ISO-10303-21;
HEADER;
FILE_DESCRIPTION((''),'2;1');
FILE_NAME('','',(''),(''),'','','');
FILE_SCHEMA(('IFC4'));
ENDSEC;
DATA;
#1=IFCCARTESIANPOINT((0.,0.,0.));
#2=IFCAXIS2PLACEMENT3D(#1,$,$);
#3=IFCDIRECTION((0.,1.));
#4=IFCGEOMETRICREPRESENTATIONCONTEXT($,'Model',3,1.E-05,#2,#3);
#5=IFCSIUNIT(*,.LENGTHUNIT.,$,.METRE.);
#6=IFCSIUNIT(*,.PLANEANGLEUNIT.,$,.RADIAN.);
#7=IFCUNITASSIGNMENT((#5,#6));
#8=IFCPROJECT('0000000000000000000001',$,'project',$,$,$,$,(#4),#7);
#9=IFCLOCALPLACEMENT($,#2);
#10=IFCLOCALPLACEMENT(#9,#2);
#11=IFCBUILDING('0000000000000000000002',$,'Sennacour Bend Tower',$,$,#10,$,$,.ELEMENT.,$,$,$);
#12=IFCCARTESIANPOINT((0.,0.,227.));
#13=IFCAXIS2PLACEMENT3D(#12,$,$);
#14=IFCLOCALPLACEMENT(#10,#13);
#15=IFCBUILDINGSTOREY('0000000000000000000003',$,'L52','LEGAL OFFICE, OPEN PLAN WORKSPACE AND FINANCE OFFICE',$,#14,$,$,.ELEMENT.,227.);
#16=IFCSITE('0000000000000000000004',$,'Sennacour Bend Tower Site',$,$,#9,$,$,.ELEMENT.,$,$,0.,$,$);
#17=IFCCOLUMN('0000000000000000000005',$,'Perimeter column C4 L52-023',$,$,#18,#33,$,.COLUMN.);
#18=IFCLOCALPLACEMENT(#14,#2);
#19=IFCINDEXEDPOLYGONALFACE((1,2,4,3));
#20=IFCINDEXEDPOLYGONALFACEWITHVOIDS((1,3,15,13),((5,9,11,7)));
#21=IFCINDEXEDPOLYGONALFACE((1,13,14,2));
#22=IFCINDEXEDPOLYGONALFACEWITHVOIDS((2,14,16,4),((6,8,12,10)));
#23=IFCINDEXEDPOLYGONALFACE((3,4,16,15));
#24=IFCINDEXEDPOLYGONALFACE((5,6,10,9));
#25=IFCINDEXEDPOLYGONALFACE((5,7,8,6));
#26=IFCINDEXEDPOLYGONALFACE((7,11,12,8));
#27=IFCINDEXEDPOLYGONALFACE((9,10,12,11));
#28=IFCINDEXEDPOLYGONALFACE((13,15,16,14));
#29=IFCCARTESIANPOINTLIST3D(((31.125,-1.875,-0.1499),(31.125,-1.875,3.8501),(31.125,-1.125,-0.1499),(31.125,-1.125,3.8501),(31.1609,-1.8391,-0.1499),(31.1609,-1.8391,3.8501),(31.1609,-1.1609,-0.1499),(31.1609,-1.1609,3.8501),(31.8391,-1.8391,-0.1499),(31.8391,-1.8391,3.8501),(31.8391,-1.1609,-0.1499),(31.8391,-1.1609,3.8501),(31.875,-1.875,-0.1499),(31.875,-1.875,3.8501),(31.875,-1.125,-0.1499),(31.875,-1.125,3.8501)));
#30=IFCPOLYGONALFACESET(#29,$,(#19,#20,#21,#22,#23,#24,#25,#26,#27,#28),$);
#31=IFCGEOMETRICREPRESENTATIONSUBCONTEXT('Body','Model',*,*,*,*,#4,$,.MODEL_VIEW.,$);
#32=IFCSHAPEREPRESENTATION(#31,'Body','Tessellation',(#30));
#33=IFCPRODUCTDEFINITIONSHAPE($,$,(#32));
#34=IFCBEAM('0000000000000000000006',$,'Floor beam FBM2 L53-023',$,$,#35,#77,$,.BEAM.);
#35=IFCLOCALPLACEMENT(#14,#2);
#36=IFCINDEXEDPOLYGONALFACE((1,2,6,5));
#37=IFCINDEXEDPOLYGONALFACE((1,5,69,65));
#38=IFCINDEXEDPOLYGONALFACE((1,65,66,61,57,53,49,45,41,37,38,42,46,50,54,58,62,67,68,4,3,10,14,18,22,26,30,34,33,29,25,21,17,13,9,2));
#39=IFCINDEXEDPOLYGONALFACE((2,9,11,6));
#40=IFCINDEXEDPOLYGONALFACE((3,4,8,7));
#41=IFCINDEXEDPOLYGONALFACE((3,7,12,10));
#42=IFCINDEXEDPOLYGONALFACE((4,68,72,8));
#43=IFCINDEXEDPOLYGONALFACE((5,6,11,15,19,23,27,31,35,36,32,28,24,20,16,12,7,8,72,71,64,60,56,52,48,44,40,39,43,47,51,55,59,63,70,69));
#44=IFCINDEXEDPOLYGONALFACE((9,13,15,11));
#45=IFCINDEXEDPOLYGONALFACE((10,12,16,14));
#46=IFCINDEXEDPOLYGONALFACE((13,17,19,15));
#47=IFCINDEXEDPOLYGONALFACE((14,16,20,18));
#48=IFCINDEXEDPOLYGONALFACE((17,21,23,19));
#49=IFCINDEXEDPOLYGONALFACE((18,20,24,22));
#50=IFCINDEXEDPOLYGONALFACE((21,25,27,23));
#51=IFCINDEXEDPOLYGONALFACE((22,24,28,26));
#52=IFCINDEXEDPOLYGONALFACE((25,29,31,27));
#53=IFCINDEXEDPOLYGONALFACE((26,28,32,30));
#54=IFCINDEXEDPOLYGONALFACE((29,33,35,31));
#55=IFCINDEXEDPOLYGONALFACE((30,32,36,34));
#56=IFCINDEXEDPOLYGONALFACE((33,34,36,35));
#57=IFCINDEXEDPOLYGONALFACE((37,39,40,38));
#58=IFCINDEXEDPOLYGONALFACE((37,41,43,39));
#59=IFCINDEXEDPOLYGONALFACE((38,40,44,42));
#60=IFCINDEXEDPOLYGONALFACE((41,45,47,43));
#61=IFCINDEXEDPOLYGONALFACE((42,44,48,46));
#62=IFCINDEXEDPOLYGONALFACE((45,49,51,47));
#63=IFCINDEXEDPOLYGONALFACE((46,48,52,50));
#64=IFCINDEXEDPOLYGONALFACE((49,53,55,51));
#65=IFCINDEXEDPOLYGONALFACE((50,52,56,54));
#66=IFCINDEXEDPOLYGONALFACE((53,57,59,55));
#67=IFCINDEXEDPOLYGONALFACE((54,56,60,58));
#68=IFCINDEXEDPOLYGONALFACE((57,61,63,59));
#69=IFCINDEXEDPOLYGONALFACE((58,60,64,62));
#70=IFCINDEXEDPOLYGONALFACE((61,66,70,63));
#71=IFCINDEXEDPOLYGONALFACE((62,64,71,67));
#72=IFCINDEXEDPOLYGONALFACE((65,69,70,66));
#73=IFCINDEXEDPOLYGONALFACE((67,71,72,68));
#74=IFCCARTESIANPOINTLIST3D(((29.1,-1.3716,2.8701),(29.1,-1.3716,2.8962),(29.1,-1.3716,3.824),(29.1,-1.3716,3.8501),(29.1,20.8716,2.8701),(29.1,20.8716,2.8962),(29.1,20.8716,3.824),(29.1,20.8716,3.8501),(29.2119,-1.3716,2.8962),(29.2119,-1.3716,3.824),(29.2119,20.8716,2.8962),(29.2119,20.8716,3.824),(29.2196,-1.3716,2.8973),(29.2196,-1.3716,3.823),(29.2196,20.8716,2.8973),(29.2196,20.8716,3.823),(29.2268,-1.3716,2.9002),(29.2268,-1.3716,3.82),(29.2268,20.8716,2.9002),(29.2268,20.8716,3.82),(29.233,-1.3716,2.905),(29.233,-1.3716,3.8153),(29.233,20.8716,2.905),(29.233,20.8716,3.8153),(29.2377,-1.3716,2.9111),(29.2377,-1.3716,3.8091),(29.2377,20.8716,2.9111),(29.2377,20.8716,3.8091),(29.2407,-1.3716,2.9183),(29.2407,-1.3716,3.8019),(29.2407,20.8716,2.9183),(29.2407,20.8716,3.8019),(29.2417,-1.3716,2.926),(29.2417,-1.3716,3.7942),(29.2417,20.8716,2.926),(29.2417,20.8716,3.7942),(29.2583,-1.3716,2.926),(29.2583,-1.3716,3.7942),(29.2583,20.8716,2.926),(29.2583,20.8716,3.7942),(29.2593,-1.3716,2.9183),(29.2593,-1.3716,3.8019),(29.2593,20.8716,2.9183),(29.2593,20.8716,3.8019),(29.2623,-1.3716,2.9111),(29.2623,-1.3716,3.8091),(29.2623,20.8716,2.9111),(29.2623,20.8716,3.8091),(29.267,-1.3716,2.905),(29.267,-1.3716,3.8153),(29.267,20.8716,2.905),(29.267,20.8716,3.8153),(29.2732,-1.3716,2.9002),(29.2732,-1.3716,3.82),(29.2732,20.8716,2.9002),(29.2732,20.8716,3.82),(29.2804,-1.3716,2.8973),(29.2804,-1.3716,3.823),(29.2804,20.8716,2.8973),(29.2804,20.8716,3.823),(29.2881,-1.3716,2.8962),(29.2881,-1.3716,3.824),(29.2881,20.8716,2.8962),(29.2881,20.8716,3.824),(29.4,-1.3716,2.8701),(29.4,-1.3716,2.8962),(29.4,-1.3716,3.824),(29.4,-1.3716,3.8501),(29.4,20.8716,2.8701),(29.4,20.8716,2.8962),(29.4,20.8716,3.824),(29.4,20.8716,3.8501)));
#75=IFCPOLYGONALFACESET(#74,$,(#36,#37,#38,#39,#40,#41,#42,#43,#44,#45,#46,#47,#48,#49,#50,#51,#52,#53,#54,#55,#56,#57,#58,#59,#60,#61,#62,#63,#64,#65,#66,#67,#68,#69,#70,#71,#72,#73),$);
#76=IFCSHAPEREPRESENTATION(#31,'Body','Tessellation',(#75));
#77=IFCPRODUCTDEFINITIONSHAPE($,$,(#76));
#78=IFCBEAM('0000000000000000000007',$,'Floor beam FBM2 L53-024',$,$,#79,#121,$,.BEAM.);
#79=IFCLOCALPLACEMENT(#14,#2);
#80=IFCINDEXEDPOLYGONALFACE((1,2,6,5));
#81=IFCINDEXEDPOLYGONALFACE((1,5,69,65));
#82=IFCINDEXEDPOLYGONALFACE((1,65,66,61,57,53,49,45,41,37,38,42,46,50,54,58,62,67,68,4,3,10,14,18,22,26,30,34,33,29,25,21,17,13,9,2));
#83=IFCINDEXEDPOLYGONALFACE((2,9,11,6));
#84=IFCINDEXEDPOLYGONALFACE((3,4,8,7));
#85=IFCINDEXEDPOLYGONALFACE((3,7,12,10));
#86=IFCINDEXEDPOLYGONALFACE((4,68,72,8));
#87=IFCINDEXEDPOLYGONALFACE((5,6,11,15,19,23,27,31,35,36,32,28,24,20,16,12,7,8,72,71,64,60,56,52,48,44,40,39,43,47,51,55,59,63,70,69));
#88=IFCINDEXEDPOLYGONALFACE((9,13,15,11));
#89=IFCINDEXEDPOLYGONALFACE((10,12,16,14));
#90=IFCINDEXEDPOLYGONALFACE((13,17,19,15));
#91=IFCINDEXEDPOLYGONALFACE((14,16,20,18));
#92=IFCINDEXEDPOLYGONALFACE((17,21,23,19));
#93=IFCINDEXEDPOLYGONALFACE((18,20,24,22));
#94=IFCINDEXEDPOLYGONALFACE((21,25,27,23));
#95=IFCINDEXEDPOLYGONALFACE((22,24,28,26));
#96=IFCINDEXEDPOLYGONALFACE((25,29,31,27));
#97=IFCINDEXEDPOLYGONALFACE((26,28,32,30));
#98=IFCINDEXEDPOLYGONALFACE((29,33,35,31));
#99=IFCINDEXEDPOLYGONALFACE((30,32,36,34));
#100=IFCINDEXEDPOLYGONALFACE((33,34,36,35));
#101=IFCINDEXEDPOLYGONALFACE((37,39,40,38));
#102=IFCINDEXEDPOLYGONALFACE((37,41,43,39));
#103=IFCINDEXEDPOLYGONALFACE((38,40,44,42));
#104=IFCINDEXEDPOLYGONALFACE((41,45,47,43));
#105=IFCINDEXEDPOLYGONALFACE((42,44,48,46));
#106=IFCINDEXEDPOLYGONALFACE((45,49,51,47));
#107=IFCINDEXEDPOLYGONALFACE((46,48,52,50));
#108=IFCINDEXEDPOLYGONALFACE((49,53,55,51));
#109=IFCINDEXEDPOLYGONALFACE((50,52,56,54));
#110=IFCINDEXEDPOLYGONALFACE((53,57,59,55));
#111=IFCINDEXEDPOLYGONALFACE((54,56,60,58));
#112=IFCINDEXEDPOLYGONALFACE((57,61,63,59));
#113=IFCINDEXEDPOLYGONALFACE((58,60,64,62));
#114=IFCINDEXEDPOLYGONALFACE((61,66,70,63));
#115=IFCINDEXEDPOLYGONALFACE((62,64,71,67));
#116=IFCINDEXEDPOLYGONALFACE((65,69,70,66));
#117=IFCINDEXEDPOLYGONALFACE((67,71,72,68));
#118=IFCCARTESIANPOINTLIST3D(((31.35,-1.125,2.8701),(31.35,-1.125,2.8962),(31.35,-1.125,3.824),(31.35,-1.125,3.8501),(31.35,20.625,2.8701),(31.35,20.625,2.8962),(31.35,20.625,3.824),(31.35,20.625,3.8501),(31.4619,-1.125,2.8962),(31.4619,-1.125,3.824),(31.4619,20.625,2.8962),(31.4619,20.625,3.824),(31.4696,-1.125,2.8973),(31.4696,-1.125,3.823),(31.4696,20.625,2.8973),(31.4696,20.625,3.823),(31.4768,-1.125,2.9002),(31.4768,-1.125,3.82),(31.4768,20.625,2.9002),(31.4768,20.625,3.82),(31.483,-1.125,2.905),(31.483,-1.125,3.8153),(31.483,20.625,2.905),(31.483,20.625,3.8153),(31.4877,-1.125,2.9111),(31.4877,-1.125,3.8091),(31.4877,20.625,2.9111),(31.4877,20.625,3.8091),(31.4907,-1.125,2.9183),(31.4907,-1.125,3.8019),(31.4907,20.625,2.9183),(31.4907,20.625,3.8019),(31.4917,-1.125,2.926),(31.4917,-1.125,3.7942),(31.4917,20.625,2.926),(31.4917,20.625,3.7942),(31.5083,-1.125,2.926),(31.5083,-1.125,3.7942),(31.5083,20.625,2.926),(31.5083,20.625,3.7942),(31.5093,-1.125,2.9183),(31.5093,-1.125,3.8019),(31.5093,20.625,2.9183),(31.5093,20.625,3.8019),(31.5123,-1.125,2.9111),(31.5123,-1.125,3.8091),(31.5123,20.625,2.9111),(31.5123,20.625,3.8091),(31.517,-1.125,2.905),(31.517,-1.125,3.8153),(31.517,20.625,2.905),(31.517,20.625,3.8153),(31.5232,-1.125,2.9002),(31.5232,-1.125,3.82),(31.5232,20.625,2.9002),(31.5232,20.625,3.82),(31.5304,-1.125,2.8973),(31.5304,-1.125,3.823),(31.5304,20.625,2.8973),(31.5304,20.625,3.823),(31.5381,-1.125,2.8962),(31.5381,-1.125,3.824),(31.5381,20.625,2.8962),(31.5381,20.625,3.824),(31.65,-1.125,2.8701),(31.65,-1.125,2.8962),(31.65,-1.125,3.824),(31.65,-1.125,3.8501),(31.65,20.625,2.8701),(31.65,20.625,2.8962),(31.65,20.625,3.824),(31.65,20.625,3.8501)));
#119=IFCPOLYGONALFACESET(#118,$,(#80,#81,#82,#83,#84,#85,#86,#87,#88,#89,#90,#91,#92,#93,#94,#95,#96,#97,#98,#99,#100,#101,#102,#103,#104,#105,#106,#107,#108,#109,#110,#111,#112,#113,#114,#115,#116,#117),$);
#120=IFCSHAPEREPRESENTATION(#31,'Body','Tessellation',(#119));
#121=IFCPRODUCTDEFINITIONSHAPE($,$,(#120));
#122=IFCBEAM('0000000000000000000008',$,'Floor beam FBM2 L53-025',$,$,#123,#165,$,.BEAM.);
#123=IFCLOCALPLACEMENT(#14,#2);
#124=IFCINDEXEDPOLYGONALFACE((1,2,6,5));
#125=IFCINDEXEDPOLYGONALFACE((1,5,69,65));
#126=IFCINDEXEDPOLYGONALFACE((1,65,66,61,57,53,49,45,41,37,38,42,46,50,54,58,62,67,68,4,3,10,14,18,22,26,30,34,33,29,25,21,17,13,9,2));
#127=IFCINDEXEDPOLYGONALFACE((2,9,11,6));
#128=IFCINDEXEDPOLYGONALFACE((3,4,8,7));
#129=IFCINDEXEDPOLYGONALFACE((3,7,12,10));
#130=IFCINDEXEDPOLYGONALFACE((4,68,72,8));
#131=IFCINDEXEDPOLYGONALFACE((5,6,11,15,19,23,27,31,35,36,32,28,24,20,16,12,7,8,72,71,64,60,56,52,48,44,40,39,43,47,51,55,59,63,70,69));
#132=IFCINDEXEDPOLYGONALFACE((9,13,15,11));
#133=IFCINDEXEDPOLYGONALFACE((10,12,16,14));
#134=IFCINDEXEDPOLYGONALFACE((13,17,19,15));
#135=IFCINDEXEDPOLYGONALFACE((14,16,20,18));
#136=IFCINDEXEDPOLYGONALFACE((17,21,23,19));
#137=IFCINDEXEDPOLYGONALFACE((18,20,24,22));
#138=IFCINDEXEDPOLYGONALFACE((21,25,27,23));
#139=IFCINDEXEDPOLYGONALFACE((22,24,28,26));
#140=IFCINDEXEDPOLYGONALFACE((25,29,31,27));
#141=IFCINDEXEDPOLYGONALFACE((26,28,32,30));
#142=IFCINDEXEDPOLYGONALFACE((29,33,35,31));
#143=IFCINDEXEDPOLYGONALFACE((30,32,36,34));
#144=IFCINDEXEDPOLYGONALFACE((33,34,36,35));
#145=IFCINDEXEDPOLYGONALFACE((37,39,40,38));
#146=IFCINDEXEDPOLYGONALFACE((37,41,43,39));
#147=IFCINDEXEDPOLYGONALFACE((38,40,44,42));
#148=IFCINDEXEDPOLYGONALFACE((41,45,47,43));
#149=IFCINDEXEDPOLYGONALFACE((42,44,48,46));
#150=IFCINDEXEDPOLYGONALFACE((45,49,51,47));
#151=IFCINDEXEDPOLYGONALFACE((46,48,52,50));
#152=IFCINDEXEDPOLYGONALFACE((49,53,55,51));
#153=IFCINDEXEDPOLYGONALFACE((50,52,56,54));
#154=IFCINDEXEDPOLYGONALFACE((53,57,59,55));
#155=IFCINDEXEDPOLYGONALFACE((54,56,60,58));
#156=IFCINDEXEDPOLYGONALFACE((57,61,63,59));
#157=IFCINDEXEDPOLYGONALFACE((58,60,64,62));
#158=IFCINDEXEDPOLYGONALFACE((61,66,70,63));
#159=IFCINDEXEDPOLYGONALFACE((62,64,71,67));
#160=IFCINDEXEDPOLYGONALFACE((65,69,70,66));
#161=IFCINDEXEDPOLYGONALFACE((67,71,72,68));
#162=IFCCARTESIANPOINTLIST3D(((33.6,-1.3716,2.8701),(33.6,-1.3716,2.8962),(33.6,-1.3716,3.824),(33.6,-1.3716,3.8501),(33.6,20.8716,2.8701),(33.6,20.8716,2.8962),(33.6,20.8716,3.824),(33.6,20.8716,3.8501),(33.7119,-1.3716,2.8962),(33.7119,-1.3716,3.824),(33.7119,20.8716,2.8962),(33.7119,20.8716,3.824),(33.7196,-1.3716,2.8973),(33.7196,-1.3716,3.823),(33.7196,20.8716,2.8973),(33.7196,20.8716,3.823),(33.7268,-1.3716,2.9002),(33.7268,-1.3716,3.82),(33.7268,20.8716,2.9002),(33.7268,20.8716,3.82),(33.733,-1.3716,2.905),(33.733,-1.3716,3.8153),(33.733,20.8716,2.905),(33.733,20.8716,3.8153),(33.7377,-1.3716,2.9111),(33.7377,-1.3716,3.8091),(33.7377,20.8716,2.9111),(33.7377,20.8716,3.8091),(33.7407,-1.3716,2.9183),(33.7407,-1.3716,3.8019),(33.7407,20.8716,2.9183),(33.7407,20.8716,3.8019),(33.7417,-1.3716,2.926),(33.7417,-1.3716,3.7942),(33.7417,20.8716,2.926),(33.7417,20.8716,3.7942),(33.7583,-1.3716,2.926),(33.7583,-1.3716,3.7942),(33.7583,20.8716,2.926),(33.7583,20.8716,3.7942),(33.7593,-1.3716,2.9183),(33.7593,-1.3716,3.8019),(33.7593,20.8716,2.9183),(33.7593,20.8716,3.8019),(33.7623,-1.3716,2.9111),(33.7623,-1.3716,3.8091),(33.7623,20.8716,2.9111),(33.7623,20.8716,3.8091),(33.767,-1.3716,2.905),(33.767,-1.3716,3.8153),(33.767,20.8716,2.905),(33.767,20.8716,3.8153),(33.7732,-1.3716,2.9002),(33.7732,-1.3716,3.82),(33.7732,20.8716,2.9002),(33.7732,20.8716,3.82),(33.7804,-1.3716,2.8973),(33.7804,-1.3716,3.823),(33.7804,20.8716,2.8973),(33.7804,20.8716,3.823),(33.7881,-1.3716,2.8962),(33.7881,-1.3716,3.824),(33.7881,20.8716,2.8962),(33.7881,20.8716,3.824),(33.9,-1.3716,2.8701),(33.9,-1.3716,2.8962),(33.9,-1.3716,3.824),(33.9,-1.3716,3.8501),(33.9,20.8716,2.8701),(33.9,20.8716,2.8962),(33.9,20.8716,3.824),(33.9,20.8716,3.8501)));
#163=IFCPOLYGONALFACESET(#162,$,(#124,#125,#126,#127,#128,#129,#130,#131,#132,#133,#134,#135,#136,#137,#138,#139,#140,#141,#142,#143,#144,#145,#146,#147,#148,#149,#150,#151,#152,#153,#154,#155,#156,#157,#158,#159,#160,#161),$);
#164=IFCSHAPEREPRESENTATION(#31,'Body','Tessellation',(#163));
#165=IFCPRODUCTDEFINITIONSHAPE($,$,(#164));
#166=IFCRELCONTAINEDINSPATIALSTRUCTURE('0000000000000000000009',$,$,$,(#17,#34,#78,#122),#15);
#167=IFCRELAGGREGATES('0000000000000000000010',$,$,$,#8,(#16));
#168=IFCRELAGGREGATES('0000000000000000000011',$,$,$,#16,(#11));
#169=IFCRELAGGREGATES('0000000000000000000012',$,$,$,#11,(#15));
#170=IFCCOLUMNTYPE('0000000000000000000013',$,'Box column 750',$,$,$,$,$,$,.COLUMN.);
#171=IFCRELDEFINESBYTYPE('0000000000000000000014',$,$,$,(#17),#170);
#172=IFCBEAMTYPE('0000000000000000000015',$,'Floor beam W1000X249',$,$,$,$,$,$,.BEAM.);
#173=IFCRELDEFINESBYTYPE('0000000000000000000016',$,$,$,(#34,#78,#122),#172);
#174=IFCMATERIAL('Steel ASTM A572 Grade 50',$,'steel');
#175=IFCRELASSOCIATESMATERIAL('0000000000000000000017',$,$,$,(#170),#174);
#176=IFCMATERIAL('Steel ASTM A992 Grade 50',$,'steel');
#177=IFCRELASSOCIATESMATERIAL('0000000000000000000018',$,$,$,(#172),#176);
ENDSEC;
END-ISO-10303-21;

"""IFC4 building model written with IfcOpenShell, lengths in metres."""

from ifc_helpers import new_model, si_unit, direction, frame, origin, origin_2d, place, context, subcontext, project, spatial, hollow_rectangle, i_section, extrude, material, material_profile, profile_set, type_object, element, save


model = new_model("IFC4")

# Units and contexts
model_context = context("Model", 3, precision=1e-05, world=origin(), true_north=direction((0.0, 1.0)))
body_context = subcontext(model_context, "Body", "Model", "MODEL_VIEW")
ifc_project = project(units=[si_unit("LENGTHUNIT", "METRE"), si_unit("PLANEANGLEUNIT", "RADIAN")], contexts=[model_context])

# Site, building, storey
site_placement = place(None, origin())
site = spatial("IfcSite", under=ifc_project, at=site_placement, Name="Sennacour Bend Tower Site", CompositionType="ELEMENT", RefElevation=0.0)
building_placement = place(site_placement, origin())
building = spatial("IfcBuilding", under=site, at=building_placement, Name="Sennacour Bend Tower", CompositionType="ELEMENT")
storey_placement = place(building_placement, frame((0.0, 0.0, 227.0)))
storey = spatial("IfcBuildingStorey", under=building, at=storey_placement, Name="L52", Description="LEGAL OFFICE, OPEN PLAN WORKSPACE AND FINANCE OFFICE", CompositionType="ELEMENT", Elevation=227.0)

# Column
ifc_material_1 = material(Name="Steel ASTM A572 Grade 50", Category="steel")
ifc_material_profile_1 = material_profile(ifc_material_1, hollow_rectangle(XDim=0.75, YDim=0.75, WallThickness=0.0359, at=origin_2d()), Name="Steel ASTM A572 Grade 50", Category="steel")
ifc_profile_set_1 = profile_set([ifc_material_profile_1], Name="Steel ASTM A572 Grade 50")
column_type = type_object("IfcColumnType", Name="Box column 750", PredefinedType="COLUMN", material=ifc_profile_set_1)
column_placement = place(storey_placement, frame((31.5, -1.5, -0.1499), z_axis=(0.0, 0.0, 1.0), x_axis=(1.0, 0.0, 0.0)))
element("IfcColumn", 1, at=column_placement, inside=storey, type_object=column_type, Name="Perimeter column C4 L52-023", PredefinedType="COLUMN", context=body_context, shape_type="SweptSolid", body=[
    extrude(hollow_rectangle(XDim=0.75, YDim=0.75, WallThickness=0.0359, at=origin_2d()), origin(), (0.0, 0.0, 1.0), 4.0),
])

# Beams
ifc_material_2 = material(Name="Steel ASTM A992 Grade 50", Category="steel")
ifc_material_profile_2 = material_profile(ifc_material_2, i_section(OverallWidth=0.3, OverallDepth=0.98, WebThickness=0.0166, FlangeThickness=0.0261, FilletRadius=0.0298, at=origin_2d()), Name="Steel ASTM A992 Grade 50", Category="steel")
ifc_profile_set_2 = profile_set([ifc_material_profile_2], Name="Steel ASTM A992 Grade 50")
beam_type_1 = type_object("IfcBeamType", Name="Floor beam W1000X249", PredefinedType="BEAM", material=ifc_profile_set_2)
beam_1_placement = place(storey_placement, frame((29.25, -1.3716, 3.3601), z_axis=(0.0, 1.0, 0.0), x_axis=(-1.0, 0.0, 0.0)))
element("IfcBeam", 2, at=beam_1_placement, inside=storey, type_object=beam_type_1, Name="Floor beam FBM2 L53-023", PredefinedType="BEAM", context=body_context, shape_type="SweptSolid", body=[
    extrude(i_section(OverallWidth=0.3, OverallDepth=0.98, WebThickness=0.0166, FlangeThickness=0.0261, FilletRadius=0.0298, at=origin_2d()), origin(), (0.0, 0.0, 1.0), 22.2432),
])
beam_2_placement = place(storey_placement, frame((31.5, -1.125, 3.3601), z_axis=(0.0, 1.0, 0.0), x_axis=(-1.0, 0.0, 0.0)))
element("IfcBeam", 3, at=beam_2_placement, inside=storey, type_object=beam_type_1, Name="Floor beam FBM2 L53-024", PredefinedType="BEAM", context=body_context, shape_type="SweptSolid", body=[
    extrude(i_section(OverallWidth=0.3, OverallDepth=0.98, WebThickness=0.0166, FlangeThickness=0.0261, FilletRadius=0.0298, at=origin_2d()), origin(), (0.0, 0.0, 1.0), 21.75),
])
beam_3_placement = place(storey_placement, frame((33.75, -1.3716, 3.3601), z_axis=(0.0, 1.0, 0.0), x_axis=(-1.0, 0.0, 0.0)))
element("IfcBeam", 4, at=beam_3_placement, inside=storey, type_object=beam_type_1, Name="Floor beam FBM2 L53-025", PredefinedType="BEAM", context=body_context, shape_type="SweptSolid", body=[
    extrude(i_section(OverallWidth=0.3, OverallDepth=0.98, WebThickness=0.0166, FlangeThickness=0.0261, FilletRadius=0.0298, at=origin_2d()), origin(), (0.0, 0.0, 1.0), 22.2432),
])

save(model, "model.ifc")
